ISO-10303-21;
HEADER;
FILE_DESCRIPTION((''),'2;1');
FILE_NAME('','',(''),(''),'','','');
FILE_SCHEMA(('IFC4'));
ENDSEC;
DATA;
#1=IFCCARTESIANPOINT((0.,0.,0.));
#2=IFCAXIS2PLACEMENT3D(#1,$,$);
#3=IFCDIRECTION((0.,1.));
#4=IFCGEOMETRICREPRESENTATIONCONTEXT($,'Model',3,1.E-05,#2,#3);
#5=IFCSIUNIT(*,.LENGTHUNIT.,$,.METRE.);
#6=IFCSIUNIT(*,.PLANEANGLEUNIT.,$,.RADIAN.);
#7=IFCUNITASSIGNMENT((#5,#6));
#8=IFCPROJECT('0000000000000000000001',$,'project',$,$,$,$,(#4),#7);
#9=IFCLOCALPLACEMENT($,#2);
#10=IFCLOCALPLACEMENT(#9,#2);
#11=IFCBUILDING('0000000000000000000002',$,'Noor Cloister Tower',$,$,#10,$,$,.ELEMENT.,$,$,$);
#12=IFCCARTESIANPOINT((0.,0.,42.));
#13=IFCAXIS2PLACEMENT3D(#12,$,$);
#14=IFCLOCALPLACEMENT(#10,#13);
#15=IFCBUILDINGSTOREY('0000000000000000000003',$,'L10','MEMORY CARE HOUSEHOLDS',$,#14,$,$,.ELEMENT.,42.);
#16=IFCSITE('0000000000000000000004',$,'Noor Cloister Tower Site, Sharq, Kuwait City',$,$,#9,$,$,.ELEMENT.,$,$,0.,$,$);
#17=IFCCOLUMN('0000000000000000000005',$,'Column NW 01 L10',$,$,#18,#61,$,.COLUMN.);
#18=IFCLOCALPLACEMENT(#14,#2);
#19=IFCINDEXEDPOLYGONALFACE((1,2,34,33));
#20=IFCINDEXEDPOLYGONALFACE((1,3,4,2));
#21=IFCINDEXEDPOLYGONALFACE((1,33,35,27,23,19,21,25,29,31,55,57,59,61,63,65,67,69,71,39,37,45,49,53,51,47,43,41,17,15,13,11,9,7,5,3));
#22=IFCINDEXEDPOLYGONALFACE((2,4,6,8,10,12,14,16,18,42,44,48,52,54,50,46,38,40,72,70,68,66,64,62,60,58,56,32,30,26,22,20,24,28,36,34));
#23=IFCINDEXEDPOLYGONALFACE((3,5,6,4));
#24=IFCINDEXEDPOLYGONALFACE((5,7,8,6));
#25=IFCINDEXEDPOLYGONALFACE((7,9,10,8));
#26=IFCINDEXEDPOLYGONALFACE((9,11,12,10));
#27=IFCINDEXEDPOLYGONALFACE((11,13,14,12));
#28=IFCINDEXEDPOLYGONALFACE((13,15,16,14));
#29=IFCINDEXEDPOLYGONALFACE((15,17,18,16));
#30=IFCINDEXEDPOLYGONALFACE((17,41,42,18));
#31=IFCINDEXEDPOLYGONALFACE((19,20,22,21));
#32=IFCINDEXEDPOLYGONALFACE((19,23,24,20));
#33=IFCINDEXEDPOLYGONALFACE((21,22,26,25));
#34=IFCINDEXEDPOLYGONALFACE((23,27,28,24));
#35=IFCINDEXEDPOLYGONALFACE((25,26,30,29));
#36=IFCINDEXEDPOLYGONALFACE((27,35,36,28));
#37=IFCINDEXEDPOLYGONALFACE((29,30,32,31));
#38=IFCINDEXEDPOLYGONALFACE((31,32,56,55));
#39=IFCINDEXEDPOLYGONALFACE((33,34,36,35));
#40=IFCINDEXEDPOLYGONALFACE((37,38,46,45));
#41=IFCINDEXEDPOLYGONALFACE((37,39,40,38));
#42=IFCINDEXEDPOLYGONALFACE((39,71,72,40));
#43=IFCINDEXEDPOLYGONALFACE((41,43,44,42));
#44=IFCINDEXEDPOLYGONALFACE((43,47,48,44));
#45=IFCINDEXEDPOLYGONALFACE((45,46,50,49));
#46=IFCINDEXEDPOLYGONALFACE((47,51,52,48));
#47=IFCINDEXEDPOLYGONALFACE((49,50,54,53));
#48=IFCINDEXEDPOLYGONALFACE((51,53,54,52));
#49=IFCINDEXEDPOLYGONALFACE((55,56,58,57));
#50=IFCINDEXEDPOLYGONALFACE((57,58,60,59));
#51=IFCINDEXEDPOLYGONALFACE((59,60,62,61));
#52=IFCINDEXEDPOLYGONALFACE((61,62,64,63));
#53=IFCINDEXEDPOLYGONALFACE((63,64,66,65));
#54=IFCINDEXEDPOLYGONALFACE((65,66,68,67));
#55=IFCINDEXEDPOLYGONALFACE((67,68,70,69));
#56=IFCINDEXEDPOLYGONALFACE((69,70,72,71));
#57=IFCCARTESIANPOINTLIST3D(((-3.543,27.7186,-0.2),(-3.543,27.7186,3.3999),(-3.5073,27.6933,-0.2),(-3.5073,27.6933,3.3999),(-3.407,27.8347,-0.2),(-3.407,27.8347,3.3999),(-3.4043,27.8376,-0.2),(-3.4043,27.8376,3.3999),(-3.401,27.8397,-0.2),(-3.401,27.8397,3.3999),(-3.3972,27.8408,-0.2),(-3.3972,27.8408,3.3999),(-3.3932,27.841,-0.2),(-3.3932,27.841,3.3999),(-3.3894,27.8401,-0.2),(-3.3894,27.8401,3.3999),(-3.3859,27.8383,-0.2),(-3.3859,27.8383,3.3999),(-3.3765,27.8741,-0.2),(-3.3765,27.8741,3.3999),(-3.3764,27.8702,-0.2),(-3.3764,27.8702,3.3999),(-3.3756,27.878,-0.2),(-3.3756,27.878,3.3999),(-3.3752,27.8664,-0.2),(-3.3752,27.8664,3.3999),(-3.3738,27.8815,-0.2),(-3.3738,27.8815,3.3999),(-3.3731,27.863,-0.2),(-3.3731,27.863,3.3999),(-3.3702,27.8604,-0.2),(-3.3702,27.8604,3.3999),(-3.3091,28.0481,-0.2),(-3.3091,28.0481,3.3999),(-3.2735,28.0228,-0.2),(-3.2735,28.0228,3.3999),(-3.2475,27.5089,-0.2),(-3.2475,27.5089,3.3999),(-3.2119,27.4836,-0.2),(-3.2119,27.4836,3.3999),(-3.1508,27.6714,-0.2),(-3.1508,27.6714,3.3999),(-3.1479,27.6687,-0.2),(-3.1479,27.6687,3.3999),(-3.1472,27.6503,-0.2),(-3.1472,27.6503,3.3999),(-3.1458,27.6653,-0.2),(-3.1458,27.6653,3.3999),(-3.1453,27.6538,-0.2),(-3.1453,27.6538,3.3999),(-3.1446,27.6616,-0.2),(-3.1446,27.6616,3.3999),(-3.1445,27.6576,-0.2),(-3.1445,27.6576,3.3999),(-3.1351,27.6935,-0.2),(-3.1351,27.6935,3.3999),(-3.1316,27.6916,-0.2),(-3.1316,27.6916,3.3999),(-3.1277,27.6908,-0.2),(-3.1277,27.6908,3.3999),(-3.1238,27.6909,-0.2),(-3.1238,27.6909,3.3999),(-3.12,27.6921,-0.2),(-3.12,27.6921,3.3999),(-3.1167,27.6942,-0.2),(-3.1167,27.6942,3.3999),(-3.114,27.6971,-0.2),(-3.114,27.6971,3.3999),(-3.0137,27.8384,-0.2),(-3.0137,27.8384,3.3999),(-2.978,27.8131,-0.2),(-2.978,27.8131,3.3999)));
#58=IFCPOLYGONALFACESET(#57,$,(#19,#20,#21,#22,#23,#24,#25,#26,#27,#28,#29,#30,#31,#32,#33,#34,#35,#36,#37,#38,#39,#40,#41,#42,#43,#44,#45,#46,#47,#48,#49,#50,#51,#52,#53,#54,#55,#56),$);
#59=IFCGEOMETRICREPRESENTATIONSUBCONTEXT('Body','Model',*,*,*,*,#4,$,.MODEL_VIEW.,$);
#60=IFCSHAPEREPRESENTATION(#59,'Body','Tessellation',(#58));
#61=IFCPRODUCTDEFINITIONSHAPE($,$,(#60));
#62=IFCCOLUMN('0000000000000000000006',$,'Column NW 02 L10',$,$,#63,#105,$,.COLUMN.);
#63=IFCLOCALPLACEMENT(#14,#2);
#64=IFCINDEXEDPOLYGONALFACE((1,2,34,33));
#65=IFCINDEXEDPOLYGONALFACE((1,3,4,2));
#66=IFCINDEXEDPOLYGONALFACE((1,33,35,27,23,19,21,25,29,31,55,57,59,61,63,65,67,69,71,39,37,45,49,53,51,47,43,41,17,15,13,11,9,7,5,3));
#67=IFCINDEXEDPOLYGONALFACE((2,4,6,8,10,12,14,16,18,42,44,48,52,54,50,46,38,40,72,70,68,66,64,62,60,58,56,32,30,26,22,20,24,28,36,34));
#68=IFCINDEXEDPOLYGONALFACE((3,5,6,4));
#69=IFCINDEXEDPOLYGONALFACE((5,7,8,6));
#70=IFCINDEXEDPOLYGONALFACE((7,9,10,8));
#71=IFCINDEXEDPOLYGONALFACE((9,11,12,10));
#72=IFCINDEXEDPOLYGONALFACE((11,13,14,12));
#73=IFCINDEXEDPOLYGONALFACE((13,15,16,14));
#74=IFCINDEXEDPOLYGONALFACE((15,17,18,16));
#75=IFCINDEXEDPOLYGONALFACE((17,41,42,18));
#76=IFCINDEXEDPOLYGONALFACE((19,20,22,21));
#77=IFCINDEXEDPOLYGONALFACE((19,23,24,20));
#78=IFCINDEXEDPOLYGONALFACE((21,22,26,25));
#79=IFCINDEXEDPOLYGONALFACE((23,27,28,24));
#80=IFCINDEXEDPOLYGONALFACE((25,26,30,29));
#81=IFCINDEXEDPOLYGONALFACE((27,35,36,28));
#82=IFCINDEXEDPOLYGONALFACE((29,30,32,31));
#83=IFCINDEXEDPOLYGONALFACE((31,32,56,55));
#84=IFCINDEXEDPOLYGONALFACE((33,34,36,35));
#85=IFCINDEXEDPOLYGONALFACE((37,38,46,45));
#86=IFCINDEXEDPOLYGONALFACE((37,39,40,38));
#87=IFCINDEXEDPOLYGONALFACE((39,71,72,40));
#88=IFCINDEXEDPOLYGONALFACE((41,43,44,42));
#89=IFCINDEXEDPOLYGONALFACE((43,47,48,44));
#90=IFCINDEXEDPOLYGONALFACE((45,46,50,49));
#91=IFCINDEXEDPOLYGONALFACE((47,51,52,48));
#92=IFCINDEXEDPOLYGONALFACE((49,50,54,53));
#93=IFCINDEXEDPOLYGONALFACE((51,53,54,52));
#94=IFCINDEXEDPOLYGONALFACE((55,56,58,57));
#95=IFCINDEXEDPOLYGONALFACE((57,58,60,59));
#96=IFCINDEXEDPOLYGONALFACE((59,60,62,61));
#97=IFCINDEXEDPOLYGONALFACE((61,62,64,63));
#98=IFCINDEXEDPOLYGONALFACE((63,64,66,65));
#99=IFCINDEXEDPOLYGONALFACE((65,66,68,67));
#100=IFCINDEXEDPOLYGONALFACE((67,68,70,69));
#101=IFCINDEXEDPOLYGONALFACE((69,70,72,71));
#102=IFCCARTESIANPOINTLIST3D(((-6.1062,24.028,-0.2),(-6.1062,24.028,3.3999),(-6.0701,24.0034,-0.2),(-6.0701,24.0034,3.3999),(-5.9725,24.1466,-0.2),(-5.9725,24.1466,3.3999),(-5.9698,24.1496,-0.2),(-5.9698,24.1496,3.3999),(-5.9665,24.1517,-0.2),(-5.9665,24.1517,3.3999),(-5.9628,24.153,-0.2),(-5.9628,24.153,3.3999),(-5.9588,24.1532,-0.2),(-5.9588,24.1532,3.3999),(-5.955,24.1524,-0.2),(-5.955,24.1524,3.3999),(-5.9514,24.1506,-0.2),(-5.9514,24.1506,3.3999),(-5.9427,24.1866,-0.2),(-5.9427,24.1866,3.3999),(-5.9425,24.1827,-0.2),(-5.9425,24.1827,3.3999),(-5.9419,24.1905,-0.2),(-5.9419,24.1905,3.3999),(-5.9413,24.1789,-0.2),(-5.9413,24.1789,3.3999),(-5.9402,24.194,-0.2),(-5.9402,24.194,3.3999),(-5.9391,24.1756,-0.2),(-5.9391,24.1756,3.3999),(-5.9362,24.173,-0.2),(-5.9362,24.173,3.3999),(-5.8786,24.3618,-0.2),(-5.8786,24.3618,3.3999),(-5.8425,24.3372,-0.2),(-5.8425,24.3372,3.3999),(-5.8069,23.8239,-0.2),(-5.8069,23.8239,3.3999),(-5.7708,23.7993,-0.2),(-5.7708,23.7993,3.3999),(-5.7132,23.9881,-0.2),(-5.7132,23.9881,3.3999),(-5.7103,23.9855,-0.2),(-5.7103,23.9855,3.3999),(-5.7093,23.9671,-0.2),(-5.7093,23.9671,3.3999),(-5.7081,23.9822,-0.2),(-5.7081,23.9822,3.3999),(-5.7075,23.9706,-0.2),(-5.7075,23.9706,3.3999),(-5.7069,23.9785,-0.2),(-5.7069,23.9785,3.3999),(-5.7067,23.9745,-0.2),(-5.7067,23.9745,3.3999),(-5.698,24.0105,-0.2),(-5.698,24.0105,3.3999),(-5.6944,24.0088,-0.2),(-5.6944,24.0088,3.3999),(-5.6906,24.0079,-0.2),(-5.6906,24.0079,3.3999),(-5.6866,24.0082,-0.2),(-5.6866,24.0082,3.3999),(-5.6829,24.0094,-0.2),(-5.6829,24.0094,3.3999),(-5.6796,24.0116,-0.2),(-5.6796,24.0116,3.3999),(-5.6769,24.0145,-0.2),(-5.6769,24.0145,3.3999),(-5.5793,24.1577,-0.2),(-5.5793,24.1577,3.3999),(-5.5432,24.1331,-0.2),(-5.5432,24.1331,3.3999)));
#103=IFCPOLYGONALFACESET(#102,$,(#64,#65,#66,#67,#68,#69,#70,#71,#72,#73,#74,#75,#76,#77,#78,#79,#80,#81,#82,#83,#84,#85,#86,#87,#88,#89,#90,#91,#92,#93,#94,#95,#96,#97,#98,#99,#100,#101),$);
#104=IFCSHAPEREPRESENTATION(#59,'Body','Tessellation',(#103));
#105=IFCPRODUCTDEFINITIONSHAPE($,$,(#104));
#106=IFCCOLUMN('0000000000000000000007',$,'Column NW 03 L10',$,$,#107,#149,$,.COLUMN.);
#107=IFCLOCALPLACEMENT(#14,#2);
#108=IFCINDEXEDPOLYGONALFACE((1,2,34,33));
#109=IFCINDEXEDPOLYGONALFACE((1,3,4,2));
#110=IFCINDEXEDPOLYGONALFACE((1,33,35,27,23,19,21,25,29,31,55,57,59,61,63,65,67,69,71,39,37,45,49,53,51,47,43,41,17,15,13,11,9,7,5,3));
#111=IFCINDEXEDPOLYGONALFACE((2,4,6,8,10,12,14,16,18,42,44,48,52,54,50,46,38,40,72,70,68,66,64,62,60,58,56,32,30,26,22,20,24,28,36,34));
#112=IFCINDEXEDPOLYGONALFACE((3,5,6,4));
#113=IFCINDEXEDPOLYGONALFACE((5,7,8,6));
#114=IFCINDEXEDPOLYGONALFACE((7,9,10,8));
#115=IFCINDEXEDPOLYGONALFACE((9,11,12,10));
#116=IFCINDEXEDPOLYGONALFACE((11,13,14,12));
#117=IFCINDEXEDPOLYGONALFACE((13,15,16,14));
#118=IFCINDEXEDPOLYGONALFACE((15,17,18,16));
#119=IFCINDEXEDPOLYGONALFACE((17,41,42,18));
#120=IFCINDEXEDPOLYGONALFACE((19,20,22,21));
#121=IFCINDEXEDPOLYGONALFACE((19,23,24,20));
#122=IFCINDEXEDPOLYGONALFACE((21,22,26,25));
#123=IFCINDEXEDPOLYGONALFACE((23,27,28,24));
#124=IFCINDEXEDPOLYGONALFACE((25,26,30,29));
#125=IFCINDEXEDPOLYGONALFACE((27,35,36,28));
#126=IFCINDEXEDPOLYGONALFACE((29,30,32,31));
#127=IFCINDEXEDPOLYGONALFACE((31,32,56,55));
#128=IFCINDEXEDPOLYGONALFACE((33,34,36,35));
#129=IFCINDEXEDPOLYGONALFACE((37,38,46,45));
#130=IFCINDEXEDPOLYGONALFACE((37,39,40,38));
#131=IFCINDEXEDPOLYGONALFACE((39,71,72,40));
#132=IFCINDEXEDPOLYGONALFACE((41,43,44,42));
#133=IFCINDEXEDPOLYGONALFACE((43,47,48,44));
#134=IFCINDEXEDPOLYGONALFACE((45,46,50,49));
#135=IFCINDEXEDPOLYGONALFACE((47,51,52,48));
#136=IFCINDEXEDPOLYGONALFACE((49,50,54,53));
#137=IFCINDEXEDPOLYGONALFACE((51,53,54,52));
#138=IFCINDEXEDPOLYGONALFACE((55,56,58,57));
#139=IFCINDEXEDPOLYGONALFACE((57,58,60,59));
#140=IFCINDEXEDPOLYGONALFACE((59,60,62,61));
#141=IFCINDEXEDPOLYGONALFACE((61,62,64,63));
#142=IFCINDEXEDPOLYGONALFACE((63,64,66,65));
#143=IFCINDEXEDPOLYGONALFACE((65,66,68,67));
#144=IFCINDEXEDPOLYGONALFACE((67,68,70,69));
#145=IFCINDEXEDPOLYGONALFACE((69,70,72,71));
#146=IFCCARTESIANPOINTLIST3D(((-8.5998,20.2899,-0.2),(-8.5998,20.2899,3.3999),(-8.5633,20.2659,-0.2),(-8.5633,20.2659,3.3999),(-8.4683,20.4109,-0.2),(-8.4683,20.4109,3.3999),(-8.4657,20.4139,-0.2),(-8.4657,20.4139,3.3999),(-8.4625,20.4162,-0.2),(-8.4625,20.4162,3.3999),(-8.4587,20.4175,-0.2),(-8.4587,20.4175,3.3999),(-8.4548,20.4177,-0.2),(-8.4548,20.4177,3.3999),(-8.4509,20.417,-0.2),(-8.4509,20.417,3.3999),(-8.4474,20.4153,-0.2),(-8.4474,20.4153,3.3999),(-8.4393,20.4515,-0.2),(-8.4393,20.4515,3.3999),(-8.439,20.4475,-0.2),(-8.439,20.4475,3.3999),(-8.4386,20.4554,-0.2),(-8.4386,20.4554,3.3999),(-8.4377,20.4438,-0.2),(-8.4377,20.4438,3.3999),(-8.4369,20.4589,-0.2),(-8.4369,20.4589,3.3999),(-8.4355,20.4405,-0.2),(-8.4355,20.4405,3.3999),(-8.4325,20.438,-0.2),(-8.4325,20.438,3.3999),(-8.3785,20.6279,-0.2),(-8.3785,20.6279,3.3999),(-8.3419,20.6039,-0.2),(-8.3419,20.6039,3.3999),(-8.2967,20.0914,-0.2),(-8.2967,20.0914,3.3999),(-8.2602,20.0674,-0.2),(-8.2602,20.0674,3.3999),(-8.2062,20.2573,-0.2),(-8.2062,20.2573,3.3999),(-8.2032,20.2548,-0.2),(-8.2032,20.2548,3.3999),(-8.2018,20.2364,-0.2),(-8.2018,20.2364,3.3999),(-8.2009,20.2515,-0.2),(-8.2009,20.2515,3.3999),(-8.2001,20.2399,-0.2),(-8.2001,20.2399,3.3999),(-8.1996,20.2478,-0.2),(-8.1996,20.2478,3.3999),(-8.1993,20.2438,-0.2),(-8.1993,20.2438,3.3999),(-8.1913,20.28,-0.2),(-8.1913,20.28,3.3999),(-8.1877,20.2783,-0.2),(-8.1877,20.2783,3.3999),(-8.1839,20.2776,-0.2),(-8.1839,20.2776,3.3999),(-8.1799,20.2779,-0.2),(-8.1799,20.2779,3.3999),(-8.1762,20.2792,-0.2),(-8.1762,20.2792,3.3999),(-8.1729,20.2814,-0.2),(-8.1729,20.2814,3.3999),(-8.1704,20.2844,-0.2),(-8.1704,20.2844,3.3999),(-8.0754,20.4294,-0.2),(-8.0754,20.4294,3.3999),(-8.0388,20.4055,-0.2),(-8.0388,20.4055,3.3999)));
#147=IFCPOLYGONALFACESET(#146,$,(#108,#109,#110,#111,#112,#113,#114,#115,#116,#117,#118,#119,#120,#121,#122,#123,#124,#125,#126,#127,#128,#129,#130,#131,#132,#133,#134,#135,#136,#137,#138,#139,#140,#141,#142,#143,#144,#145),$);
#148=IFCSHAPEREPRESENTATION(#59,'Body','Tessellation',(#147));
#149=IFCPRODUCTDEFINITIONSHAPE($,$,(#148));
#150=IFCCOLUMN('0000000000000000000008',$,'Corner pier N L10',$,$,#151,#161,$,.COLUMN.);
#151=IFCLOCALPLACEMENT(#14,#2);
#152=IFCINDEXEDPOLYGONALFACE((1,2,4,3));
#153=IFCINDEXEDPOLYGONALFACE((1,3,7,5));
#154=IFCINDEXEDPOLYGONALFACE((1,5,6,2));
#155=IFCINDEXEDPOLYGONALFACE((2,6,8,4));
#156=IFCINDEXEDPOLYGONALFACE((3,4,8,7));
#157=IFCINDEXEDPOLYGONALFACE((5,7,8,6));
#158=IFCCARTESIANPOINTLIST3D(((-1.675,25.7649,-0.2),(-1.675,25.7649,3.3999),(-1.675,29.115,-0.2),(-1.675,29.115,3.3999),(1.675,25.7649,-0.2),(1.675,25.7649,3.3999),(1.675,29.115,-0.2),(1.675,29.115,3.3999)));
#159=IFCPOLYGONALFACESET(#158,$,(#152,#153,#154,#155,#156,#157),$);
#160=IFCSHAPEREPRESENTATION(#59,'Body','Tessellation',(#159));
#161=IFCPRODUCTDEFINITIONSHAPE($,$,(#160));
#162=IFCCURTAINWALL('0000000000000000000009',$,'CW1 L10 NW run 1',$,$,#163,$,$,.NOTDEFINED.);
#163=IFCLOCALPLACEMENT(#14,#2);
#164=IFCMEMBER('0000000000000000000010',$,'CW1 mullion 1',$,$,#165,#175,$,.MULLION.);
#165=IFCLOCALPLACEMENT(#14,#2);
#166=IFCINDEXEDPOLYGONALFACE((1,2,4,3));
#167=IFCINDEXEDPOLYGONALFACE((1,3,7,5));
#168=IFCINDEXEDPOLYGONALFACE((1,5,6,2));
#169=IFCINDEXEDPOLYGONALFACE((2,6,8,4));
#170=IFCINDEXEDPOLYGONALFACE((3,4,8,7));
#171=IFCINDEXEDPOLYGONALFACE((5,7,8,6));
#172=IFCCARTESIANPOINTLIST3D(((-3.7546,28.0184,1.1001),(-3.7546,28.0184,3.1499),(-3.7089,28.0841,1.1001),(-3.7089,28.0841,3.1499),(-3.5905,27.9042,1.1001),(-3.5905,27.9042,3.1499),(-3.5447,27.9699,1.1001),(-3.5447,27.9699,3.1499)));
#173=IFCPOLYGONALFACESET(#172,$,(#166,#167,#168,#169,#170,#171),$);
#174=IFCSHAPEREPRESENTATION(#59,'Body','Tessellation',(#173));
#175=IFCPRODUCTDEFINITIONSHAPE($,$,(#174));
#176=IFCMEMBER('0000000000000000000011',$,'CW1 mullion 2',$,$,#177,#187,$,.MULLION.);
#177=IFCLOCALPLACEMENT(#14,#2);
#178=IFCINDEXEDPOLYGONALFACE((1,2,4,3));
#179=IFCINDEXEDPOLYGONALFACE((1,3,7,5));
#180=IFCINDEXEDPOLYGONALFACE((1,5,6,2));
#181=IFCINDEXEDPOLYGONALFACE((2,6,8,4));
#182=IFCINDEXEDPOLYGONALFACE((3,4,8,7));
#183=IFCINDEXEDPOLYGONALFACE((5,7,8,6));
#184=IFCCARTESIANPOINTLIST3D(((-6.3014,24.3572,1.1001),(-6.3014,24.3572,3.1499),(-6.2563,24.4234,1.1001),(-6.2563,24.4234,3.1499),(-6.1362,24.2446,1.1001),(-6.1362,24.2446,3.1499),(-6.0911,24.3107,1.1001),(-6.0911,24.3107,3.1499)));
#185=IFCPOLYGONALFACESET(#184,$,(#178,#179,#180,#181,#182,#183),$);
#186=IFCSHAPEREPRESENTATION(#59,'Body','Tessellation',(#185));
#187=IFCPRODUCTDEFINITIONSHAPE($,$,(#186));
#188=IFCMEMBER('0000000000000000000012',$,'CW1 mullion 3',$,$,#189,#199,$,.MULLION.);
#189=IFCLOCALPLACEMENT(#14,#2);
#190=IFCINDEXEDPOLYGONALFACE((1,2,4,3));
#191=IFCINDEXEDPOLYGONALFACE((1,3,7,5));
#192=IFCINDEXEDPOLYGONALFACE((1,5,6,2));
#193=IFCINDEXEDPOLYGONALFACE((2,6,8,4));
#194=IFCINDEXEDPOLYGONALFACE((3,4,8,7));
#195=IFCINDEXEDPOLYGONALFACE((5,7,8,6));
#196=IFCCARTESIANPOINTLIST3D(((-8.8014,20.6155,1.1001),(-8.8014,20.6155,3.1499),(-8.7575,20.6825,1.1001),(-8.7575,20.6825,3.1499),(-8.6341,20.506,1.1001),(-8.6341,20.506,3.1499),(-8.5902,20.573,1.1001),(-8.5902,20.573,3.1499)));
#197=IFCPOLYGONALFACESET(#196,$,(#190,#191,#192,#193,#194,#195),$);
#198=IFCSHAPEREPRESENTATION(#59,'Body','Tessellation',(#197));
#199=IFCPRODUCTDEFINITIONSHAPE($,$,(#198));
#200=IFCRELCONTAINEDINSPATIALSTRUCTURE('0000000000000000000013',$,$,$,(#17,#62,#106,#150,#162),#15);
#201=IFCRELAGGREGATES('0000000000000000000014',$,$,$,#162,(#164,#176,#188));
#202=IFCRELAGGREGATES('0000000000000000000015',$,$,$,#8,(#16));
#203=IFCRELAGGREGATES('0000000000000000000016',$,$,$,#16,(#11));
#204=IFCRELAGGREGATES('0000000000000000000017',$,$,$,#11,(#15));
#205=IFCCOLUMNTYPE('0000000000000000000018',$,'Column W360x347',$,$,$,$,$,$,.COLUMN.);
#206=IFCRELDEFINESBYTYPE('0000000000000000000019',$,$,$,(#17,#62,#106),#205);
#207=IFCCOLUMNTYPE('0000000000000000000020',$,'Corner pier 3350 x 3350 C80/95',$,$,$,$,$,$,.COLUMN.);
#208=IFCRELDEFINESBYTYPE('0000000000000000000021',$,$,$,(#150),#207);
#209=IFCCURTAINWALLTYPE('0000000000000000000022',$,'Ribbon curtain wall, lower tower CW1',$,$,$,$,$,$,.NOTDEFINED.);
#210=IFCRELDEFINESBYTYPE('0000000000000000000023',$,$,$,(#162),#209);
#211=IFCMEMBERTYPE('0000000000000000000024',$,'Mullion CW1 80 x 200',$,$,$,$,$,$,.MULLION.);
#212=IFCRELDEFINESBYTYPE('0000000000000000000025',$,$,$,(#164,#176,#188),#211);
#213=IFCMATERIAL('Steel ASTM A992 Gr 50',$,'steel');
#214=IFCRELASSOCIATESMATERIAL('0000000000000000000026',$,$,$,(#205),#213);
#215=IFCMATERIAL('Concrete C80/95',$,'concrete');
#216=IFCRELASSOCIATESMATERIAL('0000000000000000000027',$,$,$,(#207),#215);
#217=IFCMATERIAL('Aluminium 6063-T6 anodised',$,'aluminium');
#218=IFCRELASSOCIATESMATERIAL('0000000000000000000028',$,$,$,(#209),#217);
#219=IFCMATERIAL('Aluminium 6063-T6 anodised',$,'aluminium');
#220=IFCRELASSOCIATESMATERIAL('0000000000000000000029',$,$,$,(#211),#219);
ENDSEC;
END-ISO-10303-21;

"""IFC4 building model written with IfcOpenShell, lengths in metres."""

from ifc_helpers import new_model, si_unit, direction, frame, origin, origin_2d, place, context, subcontext, project, spatial, rectangle, i_section, extrude, material, material_profile, profile_set, type_object, element, aggregate, save


model = new_model("IFC4")

# Units and contexts
model_context = context("Model", 3, precision=1e-05, world=origin(), true_north=direction((0.0, 1.0)))
body_context = subcontext(model_context, "Body", "Model", "MODEL_VIEW")
ifc_project = project(units=[si_unit("LENGTHUNIT", "METRE"), si_unit("PLANEANGLEUNIT", "RADIAN")], contexts=[model_context])

# Site, building, storey
site_placement = place(None, origin())
site = spatial("IfcSite", under=ifc_project, at=site_placement, Name="Noor Cloister Tower Site, Sharq, Kuwait City", CompositionType="ELEMENT", RefElevation=0.0)
building_placement = place(site_placement, origin())
building = spatial("IfcBuilding", under=site, at=building_placement, Name="Noor Cloister Tower", CompositionType="ELEMENT")
storey_placement = place(building_placement, frame((0.0, 0.0, 42.0)))
storey = spatial("IfcBuildingStorey", under=building, at=storey_placement, Name="L10", Description="MEMORY CARE HOUSEHOLDS", CompositionType="ELEMENT", Elevation=42.0)

# Columns
ifc_material_1 = material(Name="Steel ASTM A992 Gr 50", Category="steel")
ifc_material_profile_1 = material_profile(ifc_material_1, i_section(OverallWidth=0.4041, OverallDepth=0.406, WebThickness=0.0271, FlangeThickness=0.0437, FilletRadius=0.0151, at=origin_2d()), Name="W360x347")
ifc_profile_set_1 = profile_set([ifc_material_profile_1], Name="Steel ASTM A992 Gr 50")
column_type_1 = type_object("IfcColumnType", Name="Column W360x347", PredefinedType="COLUMN", material=ifc_profile_set_1)
for number, where, z_axis, x_axis, name in (
    (1, (-3.2605, 27.7659, -0.2), (0.0, 0.0, 1.0), (-0.578783, -0.815481, 0.0), "Column NW 01 L10"),
    (2, (-5.8247, 24.0806, -0.2), (0.0, 0.0, 1.0), (-0.563411, -0.826177, 0.0), "Column NW 02 L10"),
    (3, (-8.3193, 20.3477, -0.2), (0.0, 0.0, 1.0), (-0.547841, -0.836583, 0.0), "Column NW 03 L10"),
):
    element("IfcColumn", number, at=place(storey_placement, frame(where, z_axis=z_axis, x_axis=x_axis)), inside=storey, type_object=column_type_1, Name=name, PredefinedType="COLUMN", context=body_context, shape_type="SweptSolid", body=[
        extrude(i_section(OverallWidth=0.4041, OverallDepth=0.406, WebThickness=0.0271, FlangeThickness=0.0437, FilletRadius=0.0151, at=origin_2d()), origin(), (0.0, 0.0, 1.0), 3.5999),
    ])
ifc_material_2 = material(Name="Concrete C80/95", Category="concrete")
ifc_material_profile_2 = material_profile(ifc_material_2, rectangle(XDim=3.3501, YDim=3.3501, at=origin_2d()), Name="RC 3350x3350")
ifc_profile_set_2 = profile_set([ifc_material_profile_2], Name="Concrete C80/95")
column_type_2 = type_object("IfcColumnType", Name="Corner pier 3350 x 3350 C80/95", PredefinedType="COLUMN", material=ifc_profile_set_2)
column_placement = place(storey_placement, frame((0.0, 27.4399, -0.2), z_axis=(0.0, 0.0, 1.0), x_axis=(0.0, 1.0, 0.0)))
element("IfcColumn", 4, at=column_placement, inside=storey, type_object=column_type_2, Name="Corner pier N L10", PredefinedType="COLUMN", context=body_context, shape_type="SweptSolid", body=[
    extrude(rectangle(XDim=3.3501, YDim=3.3501, at=origin_2d()), origin(), (0.0, 0.0, 1.0), 3.5999),
])

# Curtain wall, members
ifc_material_3 = material(Name="Aluminium 6063-T6 anodised", Category="aluminium")
curtain_wall_type = type_object("IfcCurtainWallType", Name="Ribbon curtain wall, lower tower CW1", PredefinedType="NOTDEFINED", material=ifc_material_3)
curtain_wall_placement = place(storey_placement, origin())
curtain_wall = element("IfcCurtainWall", 5, at=curtain_wall_placement, inside=storey, type_object=curtain_wall_type, Name="CW1 L10 NW run 1", PredefinedType="NOTDEFINED")
ifc_material_4 = material(Name="Aluminium 6063-T6 anodised", Category="aluminium")
ifc_material_profile_3 = material_profile(ifc_material_4, rectangle(XDim=0.2, YDim=0.0801, at=origin_2d()), Name="200 x 80 mullion")
ifc_profile_set_3 = profile_set([ifc_material_profile_3], Name="Aluminium 6063-T6 anodised")
member_type = type_object("IfcMemberType", Name="Mullion CW1 80 x 200", PredefinedType="MULLION", material=ifc_profile_set_3)
member_1_placement = place(storey_placement, frame((-3.6497, 27.9941, 1.1001), z_axis=(0.0, 0.0, 1.0), x_axis=(0.820865, -0.571122, 0.0)))
member_1 = element("IfcMember", 6, at=member_1_placement, type_object=member_type, Name="CW1 mullion 1", PredefinedType="MULLION", context=body_context, shape_type="SweptSolid", body=[
    extrude(rectangle(XDim=0.2, YDim=0.0801, at=origin_2d()), origin(), (0.0, 0.0, 1.0), 2.0498),
])
member_2_placement = place(storey_placement, frame((-6.1963, 24.334, 1.1001), z_axis=(0.0, 0.0, 1.0), x_axis=(0.826177, -0.563411, 0.0)))
member_2 = element("IfcMember", 7, at=member_2_placement, type_object=member_type, Name="CW1 mullion 2", PredefinedType="MULLION", context=body_context, shape_type="SweptSolid", body=[
    extrude(rectangle(XDim=0.2, YDim=0.0801, at=origin_2d()), origin(), (0.0, 0.0, 1.0), 2.0498),
])
member_3_placement = place(storey_placement, frame((-8.6958, 20.5942, 1.1001), z_axis=(0.0, 0.0, 1.0), x_axis=(0.836583, -0.547841, 0.0)))
member_3 = element("IfcMember", 8, at=member_3_placement, type_object=member_type, Name="CW1 mullion 3", PredefinedType="MULLION", context=body_context, shape_type="SweptSolid", body=[
    extrude(rectangle(XDim=0.2, YDim=0.0801, at=origin_2d()), origin(), (0.0, 0.0, 1.0), 2.0498),
])

aggregate(curtain_wall, [member_1, member_2, member_3])

save(model, "model.ifc")
